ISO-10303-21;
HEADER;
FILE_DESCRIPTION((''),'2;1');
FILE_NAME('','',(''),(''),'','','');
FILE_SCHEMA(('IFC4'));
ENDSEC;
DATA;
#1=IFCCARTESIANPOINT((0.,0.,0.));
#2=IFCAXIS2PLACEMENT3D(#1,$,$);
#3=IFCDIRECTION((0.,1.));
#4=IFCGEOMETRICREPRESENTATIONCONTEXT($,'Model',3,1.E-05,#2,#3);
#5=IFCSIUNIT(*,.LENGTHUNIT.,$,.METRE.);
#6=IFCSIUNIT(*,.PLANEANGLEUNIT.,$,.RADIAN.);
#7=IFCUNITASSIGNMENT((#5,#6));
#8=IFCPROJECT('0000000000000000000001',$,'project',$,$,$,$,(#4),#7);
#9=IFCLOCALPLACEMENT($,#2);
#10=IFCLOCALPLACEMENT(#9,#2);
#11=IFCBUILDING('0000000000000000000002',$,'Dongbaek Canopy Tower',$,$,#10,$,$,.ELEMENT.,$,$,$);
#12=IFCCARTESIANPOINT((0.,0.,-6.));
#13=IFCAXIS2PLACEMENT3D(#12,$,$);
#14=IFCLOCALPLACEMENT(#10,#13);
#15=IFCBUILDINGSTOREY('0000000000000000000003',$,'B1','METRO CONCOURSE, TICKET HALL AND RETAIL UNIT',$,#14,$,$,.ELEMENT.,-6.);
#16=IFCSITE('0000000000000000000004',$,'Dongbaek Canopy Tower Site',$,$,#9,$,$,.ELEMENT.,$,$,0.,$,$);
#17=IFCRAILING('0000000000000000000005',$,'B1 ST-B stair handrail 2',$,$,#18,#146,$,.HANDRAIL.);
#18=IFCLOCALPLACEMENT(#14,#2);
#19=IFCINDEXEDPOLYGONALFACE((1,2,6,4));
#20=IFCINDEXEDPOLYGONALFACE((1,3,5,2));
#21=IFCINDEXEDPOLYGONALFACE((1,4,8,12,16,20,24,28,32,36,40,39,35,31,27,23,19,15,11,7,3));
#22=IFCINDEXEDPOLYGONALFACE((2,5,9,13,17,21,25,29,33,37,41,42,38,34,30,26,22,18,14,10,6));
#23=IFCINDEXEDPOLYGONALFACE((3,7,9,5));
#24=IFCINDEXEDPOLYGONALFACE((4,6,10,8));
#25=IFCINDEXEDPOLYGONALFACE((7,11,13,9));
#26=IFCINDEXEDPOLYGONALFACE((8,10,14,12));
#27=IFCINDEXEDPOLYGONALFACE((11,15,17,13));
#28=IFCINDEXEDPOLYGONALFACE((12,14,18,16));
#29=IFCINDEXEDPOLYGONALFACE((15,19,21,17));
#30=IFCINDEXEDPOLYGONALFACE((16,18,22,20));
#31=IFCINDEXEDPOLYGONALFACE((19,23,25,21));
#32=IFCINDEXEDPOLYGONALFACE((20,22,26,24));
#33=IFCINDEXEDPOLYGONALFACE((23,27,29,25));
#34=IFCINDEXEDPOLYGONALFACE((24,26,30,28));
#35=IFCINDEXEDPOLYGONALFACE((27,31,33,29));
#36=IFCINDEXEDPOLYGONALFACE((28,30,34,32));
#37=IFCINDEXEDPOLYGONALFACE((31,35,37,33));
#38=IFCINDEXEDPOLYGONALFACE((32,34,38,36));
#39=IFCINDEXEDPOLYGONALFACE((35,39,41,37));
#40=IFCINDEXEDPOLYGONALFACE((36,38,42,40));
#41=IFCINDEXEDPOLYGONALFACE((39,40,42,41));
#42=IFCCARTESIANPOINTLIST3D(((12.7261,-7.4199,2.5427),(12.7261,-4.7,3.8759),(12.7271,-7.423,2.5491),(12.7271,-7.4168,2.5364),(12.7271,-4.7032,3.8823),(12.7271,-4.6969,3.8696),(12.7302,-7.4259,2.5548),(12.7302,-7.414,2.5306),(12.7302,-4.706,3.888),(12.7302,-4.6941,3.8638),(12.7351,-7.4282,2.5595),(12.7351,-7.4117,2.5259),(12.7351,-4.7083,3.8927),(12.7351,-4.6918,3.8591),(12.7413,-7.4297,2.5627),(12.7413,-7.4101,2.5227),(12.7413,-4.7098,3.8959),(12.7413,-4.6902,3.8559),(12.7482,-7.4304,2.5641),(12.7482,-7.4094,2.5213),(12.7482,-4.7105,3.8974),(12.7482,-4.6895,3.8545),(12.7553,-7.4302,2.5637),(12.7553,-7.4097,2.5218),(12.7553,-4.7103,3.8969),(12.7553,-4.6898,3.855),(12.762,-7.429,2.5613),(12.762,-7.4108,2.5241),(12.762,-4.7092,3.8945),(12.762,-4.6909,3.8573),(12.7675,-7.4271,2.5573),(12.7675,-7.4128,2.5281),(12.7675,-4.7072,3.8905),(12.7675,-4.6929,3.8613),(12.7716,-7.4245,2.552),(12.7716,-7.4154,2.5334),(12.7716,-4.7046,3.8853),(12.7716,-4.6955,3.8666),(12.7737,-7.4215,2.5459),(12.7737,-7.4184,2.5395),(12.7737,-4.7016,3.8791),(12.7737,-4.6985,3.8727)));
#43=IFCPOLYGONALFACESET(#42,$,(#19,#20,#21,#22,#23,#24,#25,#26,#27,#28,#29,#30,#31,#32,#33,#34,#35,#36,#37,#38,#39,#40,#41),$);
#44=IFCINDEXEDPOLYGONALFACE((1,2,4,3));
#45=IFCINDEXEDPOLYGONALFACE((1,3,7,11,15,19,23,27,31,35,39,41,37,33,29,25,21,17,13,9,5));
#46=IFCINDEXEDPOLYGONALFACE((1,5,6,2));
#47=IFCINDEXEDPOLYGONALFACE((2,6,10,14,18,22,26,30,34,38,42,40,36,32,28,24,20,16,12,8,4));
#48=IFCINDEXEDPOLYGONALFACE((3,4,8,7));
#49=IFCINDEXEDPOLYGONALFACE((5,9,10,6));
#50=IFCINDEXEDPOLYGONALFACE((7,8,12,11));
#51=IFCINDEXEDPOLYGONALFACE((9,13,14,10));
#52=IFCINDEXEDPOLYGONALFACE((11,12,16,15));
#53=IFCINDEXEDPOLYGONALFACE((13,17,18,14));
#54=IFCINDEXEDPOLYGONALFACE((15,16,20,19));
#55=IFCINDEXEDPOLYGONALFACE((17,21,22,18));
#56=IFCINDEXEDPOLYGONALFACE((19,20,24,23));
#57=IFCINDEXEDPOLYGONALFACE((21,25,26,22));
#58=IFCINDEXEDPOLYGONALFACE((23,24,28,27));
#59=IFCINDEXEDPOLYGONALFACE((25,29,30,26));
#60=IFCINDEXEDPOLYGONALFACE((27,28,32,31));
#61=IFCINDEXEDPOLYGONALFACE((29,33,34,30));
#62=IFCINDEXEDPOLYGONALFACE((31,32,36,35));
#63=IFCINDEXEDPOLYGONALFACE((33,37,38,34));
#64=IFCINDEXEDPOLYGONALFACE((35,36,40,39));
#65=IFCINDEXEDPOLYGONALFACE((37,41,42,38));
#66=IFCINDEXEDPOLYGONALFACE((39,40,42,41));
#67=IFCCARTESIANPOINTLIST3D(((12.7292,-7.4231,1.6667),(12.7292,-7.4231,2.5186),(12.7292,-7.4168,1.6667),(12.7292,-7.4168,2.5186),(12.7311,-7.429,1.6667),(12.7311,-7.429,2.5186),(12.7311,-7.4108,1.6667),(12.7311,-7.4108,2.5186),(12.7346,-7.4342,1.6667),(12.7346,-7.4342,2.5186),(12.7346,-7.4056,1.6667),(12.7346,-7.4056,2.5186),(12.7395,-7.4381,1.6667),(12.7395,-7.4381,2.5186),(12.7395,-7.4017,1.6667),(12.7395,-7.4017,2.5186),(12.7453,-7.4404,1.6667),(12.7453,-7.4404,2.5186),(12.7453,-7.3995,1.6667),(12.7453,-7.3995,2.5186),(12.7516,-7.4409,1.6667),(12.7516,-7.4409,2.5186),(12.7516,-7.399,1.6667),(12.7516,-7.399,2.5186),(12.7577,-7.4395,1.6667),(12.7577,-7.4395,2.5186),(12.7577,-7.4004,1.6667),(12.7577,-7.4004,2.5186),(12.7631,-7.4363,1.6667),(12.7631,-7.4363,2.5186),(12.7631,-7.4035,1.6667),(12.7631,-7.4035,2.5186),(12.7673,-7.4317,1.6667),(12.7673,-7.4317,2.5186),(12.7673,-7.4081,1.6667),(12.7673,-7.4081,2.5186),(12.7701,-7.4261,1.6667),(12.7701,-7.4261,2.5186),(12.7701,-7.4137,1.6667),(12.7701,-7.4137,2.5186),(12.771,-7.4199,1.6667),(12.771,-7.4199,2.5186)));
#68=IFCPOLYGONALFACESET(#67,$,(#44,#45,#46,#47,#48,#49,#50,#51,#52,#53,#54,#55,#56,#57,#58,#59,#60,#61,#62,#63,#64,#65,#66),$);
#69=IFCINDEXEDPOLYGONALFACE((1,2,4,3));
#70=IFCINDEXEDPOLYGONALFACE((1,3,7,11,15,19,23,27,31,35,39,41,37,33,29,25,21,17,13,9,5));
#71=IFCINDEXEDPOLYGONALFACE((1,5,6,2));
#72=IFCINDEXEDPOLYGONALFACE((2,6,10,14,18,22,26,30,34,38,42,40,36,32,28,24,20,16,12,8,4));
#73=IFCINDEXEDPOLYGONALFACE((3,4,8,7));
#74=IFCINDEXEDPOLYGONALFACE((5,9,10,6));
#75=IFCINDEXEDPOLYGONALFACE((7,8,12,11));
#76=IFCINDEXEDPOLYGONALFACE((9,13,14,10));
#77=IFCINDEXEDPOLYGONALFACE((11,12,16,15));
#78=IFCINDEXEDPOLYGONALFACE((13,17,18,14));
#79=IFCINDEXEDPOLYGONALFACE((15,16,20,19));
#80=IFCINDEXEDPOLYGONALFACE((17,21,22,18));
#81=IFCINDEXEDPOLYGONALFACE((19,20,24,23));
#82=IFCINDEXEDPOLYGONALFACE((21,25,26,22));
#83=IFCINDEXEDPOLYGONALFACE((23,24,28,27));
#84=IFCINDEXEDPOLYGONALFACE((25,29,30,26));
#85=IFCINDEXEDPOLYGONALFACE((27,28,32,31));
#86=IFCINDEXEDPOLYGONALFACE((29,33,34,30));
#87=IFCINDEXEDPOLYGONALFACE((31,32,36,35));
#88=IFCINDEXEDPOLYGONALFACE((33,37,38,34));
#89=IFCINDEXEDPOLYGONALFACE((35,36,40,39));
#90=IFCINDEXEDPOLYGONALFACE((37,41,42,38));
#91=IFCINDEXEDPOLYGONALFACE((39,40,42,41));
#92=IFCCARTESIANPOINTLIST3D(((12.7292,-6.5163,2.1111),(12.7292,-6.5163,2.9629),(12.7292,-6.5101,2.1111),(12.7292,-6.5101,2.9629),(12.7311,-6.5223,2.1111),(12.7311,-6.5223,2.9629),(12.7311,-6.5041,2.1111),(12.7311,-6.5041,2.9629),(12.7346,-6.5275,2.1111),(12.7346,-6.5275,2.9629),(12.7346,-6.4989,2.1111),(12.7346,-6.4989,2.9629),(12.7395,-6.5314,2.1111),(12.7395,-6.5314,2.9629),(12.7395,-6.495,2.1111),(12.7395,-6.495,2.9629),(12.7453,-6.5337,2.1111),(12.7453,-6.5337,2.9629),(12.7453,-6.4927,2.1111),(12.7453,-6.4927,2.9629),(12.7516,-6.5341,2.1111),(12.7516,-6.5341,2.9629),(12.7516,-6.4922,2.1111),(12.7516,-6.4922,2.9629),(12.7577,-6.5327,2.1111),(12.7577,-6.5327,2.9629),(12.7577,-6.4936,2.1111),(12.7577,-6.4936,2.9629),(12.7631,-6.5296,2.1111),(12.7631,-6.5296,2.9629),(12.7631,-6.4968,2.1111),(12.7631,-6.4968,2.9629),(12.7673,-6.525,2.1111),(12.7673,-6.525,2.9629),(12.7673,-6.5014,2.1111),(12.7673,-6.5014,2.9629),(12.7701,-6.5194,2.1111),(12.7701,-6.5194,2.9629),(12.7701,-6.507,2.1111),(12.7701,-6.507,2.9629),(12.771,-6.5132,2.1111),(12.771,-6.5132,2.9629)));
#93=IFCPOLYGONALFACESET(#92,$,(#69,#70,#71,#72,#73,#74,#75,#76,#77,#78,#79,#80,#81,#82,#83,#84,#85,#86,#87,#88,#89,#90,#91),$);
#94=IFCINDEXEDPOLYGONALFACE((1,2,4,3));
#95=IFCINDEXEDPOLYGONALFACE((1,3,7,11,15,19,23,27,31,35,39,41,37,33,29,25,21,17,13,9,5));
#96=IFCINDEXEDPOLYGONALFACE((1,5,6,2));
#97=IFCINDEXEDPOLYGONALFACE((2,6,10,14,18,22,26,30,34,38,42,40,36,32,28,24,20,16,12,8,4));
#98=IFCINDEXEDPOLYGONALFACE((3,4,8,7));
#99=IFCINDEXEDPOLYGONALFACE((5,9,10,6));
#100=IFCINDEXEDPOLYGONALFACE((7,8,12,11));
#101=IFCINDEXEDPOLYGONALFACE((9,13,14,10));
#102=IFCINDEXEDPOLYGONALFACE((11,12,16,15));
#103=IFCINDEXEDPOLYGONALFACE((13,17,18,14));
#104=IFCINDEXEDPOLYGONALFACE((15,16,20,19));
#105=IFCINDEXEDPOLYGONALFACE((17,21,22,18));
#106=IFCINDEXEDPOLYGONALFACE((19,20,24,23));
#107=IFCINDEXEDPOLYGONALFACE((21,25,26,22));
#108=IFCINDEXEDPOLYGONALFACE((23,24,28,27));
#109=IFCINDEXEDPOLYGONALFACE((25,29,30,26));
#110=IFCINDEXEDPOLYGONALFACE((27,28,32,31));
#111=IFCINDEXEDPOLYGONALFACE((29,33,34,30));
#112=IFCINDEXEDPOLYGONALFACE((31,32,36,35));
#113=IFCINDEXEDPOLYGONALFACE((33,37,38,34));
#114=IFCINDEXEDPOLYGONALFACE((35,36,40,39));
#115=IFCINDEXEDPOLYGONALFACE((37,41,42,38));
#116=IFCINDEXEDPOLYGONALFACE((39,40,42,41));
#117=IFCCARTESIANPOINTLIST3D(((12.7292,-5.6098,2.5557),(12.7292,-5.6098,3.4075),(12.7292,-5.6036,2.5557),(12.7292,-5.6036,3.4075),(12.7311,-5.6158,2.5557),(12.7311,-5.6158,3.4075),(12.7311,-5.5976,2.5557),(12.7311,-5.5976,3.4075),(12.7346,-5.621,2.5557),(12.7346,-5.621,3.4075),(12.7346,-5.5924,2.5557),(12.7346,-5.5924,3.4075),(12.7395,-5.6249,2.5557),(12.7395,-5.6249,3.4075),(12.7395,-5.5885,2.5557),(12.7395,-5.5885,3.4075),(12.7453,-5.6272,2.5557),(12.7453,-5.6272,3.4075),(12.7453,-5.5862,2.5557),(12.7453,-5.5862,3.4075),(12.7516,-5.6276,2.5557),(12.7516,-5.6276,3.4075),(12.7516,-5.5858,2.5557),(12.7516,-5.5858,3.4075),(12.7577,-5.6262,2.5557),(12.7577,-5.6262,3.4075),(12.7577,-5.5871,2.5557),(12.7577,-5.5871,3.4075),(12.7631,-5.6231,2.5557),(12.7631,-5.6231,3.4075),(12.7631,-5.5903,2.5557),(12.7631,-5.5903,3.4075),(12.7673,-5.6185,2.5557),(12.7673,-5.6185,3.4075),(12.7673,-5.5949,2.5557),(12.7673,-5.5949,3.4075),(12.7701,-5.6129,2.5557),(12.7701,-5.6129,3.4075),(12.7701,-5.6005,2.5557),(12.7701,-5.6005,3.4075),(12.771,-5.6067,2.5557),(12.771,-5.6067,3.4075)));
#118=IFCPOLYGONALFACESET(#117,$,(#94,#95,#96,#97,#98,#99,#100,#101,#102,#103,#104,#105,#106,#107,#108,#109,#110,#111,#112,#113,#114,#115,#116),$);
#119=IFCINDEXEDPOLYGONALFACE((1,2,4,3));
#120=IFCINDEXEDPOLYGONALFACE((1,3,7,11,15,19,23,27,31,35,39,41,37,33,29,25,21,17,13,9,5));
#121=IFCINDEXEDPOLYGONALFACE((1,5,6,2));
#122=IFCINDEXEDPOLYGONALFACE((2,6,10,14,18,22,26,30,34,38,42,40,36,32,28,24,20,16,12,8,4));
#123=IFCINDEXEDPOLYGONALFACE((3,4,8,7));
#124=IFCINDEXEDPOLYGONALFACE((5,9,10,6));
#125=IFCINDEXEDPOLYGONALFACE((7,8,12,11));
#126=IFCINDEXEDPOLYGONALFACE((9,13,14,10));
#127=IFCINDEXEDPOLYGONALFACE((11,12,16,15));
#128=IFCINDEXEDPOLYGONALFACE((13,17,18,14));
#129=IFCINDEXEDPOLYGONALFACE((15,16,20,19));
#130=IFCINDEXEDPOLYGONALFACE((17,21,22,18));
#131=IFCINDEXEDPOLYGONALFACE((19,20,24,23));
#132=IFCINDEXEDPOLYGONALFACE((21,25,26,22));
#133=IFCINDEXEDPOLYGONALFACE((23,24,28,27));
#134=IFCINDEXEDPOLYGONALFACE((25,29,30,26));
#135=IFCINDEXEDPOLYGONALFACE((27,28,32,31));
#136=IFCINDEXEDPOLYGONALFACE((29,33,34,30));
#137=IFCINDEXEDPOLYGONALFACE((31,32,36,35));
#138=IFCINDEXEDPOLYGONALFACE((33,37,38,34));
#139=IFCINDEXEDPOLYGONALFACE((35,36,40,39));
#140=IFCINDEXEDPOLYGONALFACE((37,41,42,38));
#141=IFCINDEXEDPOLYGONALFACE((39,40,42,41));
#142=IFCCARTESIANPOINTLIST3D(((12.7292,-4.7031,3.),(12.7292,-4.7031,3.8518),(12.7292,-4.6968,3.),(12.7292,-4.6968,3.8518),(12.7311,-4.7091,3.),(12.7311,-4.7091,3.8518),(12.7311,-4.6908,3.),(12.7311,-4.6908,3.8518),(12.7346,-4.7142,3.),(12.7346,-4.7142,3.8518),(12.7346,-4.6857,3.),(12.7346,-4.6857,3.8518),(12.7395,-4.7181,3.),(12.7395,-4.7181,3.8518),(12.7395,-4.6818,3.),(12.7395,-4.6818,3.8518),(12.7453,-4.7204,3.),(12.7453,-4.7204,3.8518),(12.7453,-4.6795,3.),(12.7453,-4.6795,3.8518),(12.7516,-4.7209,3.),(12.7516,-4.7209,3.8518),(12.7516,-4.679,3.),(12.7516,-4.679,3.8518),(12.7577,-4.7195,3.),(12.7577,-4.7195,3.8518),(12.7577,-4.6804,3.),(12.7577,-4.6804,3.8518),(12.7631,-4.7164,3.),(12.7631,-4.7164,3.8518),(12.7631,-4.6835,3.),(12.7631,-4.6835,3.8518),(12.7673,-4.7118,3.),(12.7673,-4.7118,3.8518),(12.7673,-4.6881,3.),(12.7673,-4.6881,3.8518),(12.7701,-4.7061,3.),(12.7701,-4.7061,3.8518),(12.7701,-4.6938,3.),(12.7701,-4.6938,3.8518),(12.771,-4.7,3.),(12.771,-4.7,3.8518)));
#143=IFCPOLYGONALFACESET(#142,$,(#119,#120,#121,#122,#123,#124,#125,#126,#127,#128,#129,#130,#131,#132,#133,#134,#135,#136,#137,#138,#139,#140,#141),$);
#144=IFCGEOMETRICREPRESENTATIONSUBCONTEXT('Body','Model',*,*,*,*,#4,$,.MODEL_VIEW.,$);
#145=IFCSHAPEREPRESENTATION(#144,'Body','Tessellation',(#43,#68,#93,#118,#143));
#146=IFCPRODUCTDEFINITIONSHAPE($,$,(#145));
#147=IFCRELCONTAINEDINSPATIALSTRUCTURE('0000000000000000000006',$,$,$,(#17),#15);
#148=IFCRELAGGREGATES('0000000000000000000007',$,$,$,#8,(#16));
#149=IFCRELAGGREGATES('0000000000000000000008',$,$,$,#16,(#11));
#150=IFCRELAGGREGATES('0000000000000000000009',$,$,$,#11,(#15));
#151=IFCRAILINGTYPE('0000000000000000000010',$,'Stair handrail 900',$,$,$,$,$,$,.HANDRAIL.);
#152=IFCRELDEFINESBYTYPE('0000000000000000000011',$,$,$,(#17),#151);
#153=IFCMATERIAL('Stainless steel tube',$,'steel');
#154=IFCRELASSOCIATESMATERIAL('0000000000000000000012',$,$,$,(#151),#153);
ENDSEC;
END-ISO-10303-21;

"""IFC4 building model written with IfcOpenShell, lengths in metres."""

from ifc_helpers import new_model, si_unit, direction, frame, origin, origin_2d, place, context, subcontext, project, spatial, circle, extrude, material, type_object, element, save


model = new_model("IFC4")

# Units and contexts
model_context = context("Model", 3, precision=1e-05, world=origin(), true_north=direction((0.0, 1.0)))
body_context = subcontext(model_context, "Body", "Model", "MODEL_VIEW")
ifc_project = project(units=[si_unit("LENGTHUNIT", "METRE"), si_unit("PLANEANGLEUNIT", "RADIAN")], contexts=[model_context])

# Site, building, storey
site_placement = place(None, origin())
site = spatial("IfcSite", under=ifc_project, at=site_placement, Name="Dongbaek Canopy Tower Site", CompositionType="ELEMENT", RefElevation=0.0)
building_placement = place(site_placement, origin())
building = spatial("IfcBuilding", under=site, at=building_placement, Name="Dongbaek Canopy Tower", CompositionType="ELEMENT")
storey_placement = place(building_placement, frame((0.0, 0.0, -6.0)))
storey = spatial("IfcBuildingStorey", under=building, at=storey_placement, Name="B1", Description="METRO CONCOURSE, TICKET HALL AND RETAIL UNIT", CompositionType="ELEMENT", Elevation=-6.0)

# Railing
ifc_material_1 = material(Name="Stainless steel tube", Category="steel")
railing_type_1 = type_object("IfcRailingType", Name="Stair handrail 900", PredefinedType="HANDRAIL", material=ifc_material_1)
for number, where, name in (
    (1, (12.75, -7.4199, 1.6667), "B1 ST-B stair handrail 2"),
):
    element("IfcRailing", number, at=place(storey_placement, frame(where)), inside=storey, type_object=railing_type_1, Name=name, PredefinedType="HANDRAIL", context=body_context, shape_type="SweptSolid", body=[
        extrude(circle(Radius=0.0239, at=origin_2d()), frame((0.0, 0.0, 0.876), z_axis=(0.0, 0.897929, 0.440139), x_axis=(-1.0, 0.0, 0.0)), (0.0, 0.0, 1.0), 3.0291),
        extrude(circle(Radius=0.021, at=origin_2d()), origin(), (0.0, 0.0, 1.0), 0.8518),
        extrude(circle(Radius=0.021, at=origin_2d()), frame((0.0, 0.9067, 0.4443)), (0.0, 0.0, 1.0), 0.8518),
        extrude(circle(Radius=0.021, at=origin_2d()), frame((0.0, 1.8132, 0.8889)), (0.0, 0.0, 1.0), 0.8518),
        extrude(circle(Radius=0.021, at=origin_2d()), frame((0.0, 2.72, 1.3333)), (0.0, 0.0, 1.0), 0.8518),
    ])

save(model, "model.ifc")
